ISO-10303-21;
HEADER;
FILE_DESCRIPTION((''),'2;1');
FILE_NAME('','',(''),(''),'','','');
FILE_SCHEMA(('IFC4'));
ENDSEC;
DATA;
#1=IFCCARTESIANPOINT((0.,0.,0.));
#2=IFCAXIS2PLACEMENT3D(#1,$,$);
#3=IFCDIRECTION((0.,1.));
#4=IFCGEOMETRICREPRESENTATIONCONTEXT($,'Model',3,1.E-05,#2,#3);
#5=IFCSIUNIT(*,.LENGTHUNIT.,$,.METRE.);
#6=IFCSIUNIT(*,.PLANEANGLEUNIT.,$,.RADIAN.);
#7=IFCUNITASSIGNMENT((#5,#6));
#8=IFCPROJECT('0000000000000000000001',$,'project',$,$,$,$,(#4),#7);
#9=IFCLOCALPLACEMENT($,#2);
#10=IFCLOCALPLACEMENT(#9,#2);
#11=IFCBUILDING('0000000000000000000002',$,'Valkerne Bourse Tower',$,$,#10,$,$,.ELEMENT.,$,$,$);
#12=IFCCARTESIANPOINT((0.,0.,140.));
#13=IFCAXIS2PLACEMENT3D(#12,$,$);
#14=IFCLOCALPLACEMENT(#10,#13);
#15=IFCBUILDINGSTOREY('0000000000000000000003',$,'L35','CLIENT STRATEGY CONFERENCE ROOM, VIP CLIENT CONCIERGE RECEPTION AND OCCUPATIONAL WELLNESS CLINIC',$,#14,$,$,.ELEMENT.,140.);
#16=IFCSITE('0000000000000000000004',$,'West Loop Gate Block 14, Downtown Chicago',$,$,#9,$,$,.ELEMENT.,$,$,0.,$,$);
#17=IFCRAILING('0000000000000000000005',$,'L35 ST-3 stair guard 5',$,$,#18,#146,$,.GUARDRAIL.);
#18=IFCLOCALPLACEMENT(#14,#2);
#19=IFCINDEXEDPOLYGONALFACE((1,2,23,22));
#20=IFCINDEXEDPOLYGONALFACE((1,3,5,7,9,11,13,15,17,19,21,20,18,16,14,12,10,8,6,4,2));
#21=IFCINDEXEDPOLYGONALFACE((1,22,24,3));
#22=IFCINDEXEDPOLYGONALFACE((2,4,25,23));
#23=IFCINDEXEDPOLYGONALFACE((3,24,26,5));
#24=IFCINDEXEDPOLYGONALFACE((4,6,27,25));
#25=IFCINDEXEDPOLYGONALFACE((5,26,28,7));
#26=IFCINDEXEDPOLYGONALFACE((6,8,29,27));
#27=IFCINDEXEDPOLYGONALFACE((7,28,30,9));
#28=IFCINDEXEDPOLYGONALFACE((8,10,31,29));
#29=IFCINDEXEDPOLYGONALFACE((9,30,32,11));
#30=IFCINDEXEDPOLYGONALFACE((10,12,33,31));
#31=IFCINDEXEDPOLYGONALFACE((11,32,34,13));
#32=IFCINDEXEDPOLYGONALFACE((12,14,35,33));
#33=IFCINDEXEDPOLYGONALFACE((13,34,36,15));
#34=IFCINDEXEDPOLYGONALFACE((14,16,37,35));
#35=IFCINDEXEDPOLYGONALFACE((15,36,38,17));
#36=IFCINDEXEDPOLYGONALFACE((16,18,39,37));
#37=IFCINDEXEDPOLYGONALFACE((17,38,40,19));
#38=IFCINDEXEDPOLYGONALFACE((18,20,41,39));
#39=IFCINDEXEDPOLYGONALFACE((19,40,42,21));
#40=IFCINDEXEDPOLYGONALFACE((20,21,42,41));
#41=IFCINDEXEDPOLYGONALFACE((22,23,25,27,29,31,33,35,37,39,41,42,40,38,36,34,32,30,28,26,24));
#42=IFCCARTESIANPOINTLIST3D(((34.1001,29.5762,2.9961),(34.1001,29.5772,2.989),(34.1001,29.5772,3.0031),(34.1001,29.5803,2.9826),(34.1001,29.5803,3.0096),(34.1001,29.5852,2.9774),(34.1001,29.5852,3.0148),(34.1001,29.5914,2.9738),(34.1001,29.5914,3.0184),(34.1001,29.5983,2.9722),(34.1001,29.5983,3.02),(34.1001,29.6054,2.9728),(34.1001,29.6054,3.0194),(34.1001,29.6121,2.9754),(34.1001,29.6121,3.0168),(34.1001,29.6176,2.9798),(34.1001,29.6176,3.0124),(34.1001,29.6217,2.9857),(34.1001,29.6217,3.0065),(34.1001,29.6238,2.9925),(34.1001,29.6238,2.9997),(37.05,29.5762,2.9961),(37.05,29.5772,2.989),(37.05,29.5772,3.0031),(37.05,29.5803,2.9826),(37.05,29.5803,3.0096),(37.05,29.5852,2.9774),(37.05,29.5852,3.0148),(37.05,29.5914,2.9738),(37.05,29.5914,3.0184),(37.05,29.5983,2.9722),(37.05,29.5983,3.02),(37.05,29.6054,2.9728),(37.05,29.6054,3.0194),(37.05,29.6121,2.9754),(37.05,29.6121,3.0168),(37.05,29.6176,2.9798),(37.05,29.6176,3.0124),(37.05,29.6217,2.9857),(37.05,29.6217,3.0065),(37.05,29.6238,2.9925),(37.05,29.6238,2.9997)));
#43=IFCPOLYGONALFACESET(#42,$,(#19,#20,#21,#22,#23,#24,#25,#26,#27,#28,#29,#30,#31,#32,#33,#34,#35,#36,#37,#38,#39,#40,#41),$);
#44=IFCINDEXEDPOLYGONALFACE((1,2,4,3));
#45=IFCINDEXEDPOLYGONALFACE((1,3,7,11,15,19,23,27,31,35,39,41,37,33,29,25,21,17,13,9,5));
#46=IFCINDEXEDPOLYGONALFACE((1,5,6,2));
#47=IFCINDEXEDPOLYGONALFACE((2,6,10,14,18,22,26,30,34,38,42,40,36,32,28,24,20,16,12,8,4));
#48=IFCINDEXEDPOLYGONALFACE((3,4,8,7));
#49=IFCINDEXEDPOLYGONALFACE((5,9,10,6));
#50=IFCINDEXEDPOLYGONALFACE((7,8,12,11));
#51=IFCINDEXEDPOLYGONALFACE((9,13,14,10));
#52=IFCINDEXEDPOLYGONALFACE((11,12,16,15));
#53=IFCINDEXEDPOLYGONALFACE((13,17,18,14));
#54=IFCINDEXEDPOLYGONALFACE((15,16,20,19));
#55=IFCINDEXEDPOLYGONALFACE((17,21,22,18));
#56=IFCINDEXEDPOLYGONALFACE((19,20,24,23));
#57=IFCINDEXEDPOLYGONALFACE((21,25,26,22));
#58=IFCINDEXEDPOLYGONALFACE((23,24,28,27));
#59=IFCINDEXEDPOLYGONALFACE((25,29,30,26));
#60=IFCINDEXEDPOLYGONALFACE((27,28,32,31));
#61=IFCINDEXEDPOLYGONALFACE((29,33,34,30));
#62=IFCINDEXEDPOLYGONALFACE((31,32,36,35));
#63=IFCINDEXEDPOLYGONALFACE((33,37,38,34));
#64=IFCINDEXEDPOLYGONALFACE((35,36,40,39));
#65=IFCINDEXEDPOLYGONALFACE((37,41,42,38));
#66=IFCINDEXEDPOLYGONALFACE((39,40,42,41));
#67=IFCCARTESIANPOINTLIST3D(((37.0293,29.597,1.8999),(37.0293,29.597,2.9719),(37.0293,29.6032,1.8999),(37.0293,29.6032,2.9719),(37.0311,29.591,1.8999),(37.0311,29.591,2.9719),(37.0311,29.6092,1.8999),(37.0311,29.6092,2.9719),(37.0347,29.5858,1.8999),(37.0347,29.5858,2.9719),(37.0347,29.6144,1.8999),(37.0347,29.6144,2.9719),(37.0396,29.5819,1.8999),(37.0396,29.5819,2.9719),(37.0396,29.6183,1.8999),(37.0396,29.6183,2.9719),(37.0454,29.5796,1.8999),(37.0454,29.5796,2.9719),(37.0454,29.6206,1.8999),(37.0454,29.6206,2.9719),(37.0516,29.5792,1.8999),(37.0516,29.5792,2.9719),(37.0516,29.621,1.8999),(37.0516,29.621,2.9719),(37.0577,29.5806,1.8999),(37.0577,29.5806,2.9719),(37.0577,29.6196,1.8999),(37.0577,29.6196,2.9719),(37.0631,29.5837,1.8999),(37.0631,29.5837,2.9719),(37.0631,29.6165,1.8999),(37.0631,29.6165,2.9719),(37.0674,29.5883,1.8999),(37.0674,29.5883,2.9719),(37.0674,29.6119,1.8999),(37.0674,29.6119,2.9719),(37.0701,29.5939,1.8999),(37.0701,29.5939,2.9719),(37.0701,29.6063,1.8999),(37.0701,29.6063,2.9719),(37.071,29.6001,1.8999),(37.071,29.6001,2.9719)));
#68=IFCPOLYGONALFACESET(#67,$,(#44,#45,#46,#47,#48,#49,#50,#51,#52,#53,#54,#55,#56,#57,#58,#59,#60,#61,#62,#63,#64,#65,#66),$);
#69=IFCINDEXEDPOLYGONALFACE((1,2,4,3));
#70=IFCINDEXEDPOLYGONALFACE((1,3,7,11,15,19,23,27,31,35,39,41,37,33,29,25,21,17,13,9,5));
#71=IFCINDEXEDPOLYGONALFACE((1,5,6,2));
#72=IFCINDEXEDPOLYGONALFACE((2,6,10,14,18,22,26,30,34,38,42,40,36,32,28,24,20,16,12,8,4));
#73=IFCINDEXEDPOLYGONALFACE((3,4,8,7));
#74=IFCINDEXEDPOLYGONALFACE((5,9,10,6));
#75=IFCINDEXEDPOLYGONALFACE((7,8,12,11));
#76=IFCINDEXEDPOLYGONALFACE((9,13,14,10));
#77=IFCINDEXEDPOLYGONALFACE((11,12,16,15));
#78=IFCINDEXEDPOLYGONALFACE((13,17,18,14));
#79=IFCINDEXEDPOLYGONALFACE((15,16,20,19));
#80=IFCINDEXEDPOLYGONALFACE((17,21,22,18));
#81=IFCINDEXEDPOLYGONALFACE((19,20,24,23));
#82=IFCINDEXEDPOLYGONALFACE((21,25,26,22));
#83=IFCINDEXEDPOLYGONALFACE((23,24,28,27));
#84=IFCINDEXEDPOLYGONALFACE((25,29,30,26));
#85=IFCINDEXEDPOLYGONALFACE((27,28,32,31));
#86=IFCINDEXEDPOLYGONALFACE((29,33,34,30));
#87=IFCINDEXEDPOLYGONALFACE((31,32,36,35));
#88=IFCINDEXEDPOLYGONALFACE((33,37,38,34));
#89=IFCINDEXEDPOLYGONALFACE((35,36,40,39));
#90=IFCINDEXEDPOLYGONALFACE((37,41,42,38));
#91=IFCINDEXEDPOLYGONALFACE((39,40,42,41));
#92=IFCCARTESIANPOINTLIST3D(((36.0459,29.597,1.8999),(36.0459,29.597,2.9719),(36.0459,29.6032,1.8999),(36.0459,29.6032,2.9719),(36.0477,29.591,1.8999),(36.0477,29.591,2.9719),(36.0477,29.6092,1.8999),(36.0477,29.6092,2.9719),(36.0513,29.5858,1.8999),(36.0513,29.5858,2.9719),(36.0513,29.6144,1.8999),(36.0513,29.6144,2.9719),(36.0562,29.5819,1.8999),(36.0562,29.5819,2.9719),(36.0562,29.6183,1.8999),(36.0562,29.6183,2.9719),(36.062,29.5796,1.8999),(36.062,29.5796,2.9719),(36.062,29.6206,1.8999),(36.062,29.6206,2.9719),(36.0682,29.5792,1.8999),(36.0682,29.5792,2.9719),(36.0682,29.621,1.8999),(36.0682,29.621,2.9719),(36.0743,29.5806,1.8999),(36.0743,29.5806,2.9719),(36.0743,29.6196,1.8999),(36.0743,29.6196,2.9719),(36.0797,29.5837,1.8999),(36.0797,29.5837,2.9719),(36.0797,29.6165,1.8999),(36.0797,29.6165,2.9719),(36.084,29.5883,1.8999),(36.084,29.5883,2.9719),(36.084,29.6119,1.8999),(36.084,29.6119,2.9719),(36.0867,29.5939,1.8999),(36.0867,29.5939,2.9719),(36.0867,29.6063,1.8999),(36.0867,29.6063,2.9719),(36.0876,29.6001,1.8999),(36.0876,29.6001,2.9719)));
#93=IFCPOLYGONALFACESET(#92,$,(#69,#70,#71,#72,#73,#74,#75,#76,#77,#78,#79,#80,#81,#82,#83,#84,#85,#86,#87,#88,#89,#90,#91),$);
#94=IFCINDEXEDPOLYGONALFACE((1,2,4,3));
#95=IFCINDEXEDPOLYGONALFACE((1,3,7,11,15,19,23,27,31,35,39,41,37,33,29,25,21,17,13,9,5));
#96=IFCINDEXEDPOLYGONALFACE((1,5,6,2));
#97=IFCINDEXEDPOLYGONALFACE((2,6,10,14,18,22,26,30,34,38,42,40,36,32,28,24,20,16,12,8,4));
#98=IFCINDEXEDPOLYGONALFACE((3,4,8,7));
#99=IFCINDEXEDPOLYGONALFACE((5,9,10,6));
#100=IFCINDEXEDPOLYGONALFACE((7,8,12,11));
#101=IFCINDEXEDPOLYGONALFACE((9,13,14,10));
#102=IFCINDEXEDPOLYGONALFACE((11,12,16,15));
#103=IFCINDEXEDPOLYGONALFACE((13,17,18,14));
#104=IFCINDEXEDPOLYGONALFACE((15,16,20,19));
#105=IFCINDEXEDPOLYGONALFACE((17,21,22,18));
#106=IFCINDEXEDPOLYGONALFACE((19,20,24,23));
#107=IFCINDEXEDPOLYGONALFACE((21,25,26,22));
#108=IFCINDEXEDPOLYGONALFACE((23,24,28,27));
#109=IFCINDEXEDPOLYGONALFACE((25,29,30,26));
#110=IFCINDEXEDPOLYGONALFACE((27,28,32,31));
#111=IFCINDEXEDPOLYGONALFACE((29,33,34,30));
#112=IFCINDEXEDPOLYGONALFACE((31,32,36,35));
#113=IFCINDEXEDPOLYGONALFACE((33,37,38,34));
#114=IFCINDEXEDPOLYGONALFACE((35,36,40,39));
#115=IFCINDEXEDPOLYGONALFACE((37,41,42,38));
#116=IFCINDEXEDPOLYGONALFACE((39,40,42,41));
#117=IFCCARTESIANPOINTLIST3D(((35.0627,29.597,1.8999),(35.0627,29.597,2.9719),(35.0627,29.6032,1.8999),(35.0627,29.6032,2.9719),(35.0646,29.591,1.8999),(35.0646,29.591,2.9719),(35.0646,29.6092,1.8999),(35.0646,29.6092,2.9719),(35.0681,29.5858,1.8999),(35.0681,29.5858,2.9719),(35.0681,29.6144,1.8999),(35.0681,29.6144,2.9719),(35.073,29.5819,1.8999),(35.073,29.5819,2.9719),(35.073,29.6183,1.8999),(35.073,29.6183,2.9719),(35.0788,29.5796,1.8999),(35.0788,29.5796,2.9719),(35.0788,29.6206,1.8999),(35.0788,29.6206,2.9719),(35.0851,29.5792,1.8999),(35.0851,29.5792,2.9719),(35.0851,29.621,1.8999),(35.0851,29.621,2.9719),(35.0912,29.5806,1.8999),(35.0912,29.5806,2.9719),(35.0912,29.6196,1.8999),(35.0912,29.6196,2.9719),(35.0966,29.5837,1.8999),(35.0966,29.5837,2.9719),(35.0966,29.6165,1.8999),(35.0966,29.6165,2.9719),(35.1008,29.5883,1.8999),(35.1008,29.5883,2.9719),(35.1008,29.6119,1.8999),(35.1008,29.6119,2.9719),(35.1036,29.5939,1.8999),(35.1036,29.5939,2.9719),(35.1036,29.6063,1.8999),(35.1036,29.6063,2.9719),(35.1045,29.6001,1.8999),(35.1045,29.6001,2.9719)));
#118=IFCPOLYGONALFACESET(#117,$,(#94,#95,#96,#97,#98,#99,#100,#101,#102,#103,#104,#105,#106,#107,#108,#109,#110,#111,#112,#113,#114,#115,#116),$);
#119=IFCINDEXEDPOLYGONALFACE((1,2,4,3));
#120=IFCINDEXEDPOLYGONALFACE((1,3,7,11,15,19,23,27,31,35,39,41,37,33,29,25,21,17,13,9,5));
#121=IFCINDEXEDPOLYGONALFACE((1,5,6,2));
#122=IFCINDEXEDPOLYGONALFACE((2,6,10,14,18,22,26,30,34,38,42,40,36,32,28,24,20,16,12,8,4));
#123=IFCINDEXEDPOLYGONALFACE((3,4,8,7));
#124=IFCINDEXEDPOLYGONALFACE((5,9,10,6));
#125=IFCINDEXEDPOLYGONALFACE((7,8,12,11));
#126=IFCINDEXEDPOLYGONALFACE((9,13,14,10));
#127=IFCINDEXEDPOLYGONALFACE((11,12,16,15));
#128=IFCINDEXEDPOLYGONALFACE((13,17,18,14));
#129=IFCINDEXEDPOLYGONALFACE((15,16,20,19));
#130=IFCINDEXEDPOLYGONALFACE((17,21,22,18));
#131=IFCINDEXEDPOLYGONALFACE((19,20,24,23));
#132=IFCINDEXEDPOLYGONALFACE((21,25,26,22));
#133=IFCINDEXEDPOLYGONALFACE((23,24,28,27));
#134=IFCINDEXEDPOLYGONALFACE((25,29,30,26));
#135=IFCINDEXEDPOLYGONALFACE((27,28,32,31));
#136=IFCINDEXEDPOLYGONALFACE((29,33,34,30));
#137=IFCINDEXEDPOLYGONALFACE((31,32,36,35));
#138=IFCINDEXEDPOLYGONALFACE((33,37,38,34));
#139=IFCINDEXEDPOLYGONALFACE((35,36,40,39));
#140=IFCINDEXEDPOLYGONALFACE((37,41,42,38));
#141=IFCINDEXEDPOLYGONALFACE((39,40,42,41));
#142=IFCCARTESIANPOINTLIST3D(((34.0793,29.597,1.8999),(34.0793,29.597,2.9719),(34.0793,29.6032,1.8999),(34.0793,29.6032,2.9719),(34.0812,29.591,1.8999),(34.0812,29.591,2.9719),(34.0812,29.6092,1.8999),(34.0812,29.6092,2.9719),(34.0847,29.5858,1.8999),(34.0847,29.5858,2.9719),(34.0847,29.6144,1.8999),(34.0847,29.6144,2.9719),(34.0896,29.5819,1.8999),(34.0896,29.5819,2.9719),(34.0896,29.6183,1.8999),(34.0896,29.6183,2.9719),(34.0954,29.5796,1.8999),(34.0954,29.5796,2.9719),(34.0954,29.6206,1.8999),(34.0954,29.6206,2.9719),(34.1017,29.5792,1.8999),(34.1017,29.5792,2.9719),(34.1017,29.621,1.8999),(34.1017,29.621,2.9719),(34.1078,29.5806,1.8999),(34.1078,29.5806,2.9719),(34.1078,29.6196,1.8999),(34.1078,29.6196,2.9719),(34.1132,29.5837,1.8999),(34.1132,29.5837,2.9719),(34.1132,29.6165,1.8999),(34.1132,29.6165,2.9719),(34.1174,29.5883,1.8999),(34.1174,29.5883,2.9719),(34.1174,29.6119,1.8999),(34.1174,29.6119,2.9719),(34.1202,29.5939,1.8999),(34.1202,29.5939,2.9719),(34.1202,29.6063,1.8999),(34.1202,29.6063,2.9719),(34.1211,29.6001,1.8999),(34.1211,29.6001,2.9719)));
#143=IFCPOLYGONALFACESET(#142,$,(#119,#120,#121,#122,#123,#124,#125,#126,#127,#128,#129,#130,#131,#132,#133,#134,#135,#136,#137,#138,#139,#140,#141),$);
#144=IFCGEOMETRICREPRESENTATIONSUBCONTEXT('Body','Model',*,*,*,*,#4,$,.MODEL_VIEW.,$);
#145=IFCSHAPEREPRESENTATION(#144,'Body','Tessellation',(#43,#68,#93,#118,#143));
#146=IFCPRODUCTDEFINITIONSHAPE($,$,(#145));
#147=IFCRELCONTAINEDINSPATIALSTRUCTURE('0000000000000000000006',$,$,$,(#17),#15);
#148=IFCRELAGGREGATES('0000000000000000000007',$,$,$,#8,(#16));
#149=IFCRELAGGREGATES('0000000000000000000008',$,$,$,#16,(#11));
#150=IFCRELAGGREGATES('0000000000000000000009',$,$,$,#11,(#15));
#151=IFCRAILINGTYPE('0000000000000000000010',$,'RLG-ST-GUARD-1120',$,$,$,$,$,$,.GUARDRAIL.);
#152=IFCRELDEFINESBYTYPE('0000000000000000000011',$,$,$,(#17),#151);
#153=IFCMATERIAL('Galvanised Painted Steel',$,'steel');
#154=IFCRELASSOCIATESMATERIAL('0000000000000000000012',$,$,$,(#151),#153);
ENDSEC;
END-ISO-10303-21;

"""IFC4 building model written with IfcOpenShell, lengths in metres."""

from ifc_helpers import new_model, si_unit, direction, frame, origin, origin_2d, place, context, subcontext, project, spatial, circle, extrude, material, type_object, element, save


model = new_model("IFC4")

# Units and contexts
model_context = context("Model", 3, precision=1e-05, world=origin(), true_north=direction((0.0, 1.0)))
body_context = subcontext(model_context, "Body", "Model", "MODEL_VIEW")
ifc_project = project(units=[si_unit("LENGTHUNIT", "METRE"), si_unit("PLANEANGLEUNIT", "RADIAN")], contexts=[model_context])

# Site, building, storey
site_placement = place(None, origin())
site = spatial("IfcSite", under=ifc_project, at=site_placement, Name="West Loop Gate Block 14, Downtown Chicago", CompositionType="ELEMENT", RefElevation=0.0)
building_placement = place(site_placement, origin())
building = spatial("IfcBuilding", under=site, at=building_placement, Name="Valkerne Bourse Tower", CompositionType="ELEMENT")
storey_placement = place(building_placement, frame((0.0, 0.0, 140.0)))
storey = spatial("IfcBuildingStorey", under=building, at=storey_placement, Name="L35", Description="CLIENT STRATEGY CONFERENCE ROOM, VIP CLIENT CONCIERGE RECEPTION AND OCCUPATIONAL WELLNESS CLINIC", CompositionType="ELEMENT", Elevation=140.0)

# Railing
ifc_material_1 = material(Name="Galvanised Painted Steel", Category="steel")
railing_type_1 = type_object("IfcRailingType", Name="RLG-ST-GUARD-1120", PredefinedType="GUARDRAIL", material=ifc_material_1)
railing_1_placement = place(storey_placement, frame((37.05, 29.6001, 1.8999)))
element("IfcRailing", 1, at=railing_1_placement, inside=storey, type_object=railing_type_1, Name="L35 ST-3 stair guard 5", PredefinedType="GUARDRAIL", context=body_context, shape_type="SweptSolid", body=[
    extrude(circle(Radius=0.0239, at=origin_2d()), frame((0.0, 0.0, 1.0962), z_axis=(-1.0, 0.0, 0.0), x_axis=(0.0, -1.0, 0.0)), (0.0, 0.0, 1.0), 2.95),
    extrude(circle(Radius=0.021, at=origin_2d()), origin(), (0.0, 0.0, 1.0), 1.072),
    extrude(circle(Radius=0.021, at=origin_2d()), frame((-0.9834, 0.0, 0.0)), (0.0, 0.0, 1.0), 1.072),
    extrude(circle(Radius=0.021, at=origin_2d()), frame((-1.9666, 0.0, 0.0)), (0.0, 0.0, 1.0), 1.072),
    extrude(circle(Radius=0.021, at=origin_2d()), frame((-2.95, 0.0, 0.0)), (0.0, 0.0, 1.0), 1.072),
])

save(model, "model.ifc")
